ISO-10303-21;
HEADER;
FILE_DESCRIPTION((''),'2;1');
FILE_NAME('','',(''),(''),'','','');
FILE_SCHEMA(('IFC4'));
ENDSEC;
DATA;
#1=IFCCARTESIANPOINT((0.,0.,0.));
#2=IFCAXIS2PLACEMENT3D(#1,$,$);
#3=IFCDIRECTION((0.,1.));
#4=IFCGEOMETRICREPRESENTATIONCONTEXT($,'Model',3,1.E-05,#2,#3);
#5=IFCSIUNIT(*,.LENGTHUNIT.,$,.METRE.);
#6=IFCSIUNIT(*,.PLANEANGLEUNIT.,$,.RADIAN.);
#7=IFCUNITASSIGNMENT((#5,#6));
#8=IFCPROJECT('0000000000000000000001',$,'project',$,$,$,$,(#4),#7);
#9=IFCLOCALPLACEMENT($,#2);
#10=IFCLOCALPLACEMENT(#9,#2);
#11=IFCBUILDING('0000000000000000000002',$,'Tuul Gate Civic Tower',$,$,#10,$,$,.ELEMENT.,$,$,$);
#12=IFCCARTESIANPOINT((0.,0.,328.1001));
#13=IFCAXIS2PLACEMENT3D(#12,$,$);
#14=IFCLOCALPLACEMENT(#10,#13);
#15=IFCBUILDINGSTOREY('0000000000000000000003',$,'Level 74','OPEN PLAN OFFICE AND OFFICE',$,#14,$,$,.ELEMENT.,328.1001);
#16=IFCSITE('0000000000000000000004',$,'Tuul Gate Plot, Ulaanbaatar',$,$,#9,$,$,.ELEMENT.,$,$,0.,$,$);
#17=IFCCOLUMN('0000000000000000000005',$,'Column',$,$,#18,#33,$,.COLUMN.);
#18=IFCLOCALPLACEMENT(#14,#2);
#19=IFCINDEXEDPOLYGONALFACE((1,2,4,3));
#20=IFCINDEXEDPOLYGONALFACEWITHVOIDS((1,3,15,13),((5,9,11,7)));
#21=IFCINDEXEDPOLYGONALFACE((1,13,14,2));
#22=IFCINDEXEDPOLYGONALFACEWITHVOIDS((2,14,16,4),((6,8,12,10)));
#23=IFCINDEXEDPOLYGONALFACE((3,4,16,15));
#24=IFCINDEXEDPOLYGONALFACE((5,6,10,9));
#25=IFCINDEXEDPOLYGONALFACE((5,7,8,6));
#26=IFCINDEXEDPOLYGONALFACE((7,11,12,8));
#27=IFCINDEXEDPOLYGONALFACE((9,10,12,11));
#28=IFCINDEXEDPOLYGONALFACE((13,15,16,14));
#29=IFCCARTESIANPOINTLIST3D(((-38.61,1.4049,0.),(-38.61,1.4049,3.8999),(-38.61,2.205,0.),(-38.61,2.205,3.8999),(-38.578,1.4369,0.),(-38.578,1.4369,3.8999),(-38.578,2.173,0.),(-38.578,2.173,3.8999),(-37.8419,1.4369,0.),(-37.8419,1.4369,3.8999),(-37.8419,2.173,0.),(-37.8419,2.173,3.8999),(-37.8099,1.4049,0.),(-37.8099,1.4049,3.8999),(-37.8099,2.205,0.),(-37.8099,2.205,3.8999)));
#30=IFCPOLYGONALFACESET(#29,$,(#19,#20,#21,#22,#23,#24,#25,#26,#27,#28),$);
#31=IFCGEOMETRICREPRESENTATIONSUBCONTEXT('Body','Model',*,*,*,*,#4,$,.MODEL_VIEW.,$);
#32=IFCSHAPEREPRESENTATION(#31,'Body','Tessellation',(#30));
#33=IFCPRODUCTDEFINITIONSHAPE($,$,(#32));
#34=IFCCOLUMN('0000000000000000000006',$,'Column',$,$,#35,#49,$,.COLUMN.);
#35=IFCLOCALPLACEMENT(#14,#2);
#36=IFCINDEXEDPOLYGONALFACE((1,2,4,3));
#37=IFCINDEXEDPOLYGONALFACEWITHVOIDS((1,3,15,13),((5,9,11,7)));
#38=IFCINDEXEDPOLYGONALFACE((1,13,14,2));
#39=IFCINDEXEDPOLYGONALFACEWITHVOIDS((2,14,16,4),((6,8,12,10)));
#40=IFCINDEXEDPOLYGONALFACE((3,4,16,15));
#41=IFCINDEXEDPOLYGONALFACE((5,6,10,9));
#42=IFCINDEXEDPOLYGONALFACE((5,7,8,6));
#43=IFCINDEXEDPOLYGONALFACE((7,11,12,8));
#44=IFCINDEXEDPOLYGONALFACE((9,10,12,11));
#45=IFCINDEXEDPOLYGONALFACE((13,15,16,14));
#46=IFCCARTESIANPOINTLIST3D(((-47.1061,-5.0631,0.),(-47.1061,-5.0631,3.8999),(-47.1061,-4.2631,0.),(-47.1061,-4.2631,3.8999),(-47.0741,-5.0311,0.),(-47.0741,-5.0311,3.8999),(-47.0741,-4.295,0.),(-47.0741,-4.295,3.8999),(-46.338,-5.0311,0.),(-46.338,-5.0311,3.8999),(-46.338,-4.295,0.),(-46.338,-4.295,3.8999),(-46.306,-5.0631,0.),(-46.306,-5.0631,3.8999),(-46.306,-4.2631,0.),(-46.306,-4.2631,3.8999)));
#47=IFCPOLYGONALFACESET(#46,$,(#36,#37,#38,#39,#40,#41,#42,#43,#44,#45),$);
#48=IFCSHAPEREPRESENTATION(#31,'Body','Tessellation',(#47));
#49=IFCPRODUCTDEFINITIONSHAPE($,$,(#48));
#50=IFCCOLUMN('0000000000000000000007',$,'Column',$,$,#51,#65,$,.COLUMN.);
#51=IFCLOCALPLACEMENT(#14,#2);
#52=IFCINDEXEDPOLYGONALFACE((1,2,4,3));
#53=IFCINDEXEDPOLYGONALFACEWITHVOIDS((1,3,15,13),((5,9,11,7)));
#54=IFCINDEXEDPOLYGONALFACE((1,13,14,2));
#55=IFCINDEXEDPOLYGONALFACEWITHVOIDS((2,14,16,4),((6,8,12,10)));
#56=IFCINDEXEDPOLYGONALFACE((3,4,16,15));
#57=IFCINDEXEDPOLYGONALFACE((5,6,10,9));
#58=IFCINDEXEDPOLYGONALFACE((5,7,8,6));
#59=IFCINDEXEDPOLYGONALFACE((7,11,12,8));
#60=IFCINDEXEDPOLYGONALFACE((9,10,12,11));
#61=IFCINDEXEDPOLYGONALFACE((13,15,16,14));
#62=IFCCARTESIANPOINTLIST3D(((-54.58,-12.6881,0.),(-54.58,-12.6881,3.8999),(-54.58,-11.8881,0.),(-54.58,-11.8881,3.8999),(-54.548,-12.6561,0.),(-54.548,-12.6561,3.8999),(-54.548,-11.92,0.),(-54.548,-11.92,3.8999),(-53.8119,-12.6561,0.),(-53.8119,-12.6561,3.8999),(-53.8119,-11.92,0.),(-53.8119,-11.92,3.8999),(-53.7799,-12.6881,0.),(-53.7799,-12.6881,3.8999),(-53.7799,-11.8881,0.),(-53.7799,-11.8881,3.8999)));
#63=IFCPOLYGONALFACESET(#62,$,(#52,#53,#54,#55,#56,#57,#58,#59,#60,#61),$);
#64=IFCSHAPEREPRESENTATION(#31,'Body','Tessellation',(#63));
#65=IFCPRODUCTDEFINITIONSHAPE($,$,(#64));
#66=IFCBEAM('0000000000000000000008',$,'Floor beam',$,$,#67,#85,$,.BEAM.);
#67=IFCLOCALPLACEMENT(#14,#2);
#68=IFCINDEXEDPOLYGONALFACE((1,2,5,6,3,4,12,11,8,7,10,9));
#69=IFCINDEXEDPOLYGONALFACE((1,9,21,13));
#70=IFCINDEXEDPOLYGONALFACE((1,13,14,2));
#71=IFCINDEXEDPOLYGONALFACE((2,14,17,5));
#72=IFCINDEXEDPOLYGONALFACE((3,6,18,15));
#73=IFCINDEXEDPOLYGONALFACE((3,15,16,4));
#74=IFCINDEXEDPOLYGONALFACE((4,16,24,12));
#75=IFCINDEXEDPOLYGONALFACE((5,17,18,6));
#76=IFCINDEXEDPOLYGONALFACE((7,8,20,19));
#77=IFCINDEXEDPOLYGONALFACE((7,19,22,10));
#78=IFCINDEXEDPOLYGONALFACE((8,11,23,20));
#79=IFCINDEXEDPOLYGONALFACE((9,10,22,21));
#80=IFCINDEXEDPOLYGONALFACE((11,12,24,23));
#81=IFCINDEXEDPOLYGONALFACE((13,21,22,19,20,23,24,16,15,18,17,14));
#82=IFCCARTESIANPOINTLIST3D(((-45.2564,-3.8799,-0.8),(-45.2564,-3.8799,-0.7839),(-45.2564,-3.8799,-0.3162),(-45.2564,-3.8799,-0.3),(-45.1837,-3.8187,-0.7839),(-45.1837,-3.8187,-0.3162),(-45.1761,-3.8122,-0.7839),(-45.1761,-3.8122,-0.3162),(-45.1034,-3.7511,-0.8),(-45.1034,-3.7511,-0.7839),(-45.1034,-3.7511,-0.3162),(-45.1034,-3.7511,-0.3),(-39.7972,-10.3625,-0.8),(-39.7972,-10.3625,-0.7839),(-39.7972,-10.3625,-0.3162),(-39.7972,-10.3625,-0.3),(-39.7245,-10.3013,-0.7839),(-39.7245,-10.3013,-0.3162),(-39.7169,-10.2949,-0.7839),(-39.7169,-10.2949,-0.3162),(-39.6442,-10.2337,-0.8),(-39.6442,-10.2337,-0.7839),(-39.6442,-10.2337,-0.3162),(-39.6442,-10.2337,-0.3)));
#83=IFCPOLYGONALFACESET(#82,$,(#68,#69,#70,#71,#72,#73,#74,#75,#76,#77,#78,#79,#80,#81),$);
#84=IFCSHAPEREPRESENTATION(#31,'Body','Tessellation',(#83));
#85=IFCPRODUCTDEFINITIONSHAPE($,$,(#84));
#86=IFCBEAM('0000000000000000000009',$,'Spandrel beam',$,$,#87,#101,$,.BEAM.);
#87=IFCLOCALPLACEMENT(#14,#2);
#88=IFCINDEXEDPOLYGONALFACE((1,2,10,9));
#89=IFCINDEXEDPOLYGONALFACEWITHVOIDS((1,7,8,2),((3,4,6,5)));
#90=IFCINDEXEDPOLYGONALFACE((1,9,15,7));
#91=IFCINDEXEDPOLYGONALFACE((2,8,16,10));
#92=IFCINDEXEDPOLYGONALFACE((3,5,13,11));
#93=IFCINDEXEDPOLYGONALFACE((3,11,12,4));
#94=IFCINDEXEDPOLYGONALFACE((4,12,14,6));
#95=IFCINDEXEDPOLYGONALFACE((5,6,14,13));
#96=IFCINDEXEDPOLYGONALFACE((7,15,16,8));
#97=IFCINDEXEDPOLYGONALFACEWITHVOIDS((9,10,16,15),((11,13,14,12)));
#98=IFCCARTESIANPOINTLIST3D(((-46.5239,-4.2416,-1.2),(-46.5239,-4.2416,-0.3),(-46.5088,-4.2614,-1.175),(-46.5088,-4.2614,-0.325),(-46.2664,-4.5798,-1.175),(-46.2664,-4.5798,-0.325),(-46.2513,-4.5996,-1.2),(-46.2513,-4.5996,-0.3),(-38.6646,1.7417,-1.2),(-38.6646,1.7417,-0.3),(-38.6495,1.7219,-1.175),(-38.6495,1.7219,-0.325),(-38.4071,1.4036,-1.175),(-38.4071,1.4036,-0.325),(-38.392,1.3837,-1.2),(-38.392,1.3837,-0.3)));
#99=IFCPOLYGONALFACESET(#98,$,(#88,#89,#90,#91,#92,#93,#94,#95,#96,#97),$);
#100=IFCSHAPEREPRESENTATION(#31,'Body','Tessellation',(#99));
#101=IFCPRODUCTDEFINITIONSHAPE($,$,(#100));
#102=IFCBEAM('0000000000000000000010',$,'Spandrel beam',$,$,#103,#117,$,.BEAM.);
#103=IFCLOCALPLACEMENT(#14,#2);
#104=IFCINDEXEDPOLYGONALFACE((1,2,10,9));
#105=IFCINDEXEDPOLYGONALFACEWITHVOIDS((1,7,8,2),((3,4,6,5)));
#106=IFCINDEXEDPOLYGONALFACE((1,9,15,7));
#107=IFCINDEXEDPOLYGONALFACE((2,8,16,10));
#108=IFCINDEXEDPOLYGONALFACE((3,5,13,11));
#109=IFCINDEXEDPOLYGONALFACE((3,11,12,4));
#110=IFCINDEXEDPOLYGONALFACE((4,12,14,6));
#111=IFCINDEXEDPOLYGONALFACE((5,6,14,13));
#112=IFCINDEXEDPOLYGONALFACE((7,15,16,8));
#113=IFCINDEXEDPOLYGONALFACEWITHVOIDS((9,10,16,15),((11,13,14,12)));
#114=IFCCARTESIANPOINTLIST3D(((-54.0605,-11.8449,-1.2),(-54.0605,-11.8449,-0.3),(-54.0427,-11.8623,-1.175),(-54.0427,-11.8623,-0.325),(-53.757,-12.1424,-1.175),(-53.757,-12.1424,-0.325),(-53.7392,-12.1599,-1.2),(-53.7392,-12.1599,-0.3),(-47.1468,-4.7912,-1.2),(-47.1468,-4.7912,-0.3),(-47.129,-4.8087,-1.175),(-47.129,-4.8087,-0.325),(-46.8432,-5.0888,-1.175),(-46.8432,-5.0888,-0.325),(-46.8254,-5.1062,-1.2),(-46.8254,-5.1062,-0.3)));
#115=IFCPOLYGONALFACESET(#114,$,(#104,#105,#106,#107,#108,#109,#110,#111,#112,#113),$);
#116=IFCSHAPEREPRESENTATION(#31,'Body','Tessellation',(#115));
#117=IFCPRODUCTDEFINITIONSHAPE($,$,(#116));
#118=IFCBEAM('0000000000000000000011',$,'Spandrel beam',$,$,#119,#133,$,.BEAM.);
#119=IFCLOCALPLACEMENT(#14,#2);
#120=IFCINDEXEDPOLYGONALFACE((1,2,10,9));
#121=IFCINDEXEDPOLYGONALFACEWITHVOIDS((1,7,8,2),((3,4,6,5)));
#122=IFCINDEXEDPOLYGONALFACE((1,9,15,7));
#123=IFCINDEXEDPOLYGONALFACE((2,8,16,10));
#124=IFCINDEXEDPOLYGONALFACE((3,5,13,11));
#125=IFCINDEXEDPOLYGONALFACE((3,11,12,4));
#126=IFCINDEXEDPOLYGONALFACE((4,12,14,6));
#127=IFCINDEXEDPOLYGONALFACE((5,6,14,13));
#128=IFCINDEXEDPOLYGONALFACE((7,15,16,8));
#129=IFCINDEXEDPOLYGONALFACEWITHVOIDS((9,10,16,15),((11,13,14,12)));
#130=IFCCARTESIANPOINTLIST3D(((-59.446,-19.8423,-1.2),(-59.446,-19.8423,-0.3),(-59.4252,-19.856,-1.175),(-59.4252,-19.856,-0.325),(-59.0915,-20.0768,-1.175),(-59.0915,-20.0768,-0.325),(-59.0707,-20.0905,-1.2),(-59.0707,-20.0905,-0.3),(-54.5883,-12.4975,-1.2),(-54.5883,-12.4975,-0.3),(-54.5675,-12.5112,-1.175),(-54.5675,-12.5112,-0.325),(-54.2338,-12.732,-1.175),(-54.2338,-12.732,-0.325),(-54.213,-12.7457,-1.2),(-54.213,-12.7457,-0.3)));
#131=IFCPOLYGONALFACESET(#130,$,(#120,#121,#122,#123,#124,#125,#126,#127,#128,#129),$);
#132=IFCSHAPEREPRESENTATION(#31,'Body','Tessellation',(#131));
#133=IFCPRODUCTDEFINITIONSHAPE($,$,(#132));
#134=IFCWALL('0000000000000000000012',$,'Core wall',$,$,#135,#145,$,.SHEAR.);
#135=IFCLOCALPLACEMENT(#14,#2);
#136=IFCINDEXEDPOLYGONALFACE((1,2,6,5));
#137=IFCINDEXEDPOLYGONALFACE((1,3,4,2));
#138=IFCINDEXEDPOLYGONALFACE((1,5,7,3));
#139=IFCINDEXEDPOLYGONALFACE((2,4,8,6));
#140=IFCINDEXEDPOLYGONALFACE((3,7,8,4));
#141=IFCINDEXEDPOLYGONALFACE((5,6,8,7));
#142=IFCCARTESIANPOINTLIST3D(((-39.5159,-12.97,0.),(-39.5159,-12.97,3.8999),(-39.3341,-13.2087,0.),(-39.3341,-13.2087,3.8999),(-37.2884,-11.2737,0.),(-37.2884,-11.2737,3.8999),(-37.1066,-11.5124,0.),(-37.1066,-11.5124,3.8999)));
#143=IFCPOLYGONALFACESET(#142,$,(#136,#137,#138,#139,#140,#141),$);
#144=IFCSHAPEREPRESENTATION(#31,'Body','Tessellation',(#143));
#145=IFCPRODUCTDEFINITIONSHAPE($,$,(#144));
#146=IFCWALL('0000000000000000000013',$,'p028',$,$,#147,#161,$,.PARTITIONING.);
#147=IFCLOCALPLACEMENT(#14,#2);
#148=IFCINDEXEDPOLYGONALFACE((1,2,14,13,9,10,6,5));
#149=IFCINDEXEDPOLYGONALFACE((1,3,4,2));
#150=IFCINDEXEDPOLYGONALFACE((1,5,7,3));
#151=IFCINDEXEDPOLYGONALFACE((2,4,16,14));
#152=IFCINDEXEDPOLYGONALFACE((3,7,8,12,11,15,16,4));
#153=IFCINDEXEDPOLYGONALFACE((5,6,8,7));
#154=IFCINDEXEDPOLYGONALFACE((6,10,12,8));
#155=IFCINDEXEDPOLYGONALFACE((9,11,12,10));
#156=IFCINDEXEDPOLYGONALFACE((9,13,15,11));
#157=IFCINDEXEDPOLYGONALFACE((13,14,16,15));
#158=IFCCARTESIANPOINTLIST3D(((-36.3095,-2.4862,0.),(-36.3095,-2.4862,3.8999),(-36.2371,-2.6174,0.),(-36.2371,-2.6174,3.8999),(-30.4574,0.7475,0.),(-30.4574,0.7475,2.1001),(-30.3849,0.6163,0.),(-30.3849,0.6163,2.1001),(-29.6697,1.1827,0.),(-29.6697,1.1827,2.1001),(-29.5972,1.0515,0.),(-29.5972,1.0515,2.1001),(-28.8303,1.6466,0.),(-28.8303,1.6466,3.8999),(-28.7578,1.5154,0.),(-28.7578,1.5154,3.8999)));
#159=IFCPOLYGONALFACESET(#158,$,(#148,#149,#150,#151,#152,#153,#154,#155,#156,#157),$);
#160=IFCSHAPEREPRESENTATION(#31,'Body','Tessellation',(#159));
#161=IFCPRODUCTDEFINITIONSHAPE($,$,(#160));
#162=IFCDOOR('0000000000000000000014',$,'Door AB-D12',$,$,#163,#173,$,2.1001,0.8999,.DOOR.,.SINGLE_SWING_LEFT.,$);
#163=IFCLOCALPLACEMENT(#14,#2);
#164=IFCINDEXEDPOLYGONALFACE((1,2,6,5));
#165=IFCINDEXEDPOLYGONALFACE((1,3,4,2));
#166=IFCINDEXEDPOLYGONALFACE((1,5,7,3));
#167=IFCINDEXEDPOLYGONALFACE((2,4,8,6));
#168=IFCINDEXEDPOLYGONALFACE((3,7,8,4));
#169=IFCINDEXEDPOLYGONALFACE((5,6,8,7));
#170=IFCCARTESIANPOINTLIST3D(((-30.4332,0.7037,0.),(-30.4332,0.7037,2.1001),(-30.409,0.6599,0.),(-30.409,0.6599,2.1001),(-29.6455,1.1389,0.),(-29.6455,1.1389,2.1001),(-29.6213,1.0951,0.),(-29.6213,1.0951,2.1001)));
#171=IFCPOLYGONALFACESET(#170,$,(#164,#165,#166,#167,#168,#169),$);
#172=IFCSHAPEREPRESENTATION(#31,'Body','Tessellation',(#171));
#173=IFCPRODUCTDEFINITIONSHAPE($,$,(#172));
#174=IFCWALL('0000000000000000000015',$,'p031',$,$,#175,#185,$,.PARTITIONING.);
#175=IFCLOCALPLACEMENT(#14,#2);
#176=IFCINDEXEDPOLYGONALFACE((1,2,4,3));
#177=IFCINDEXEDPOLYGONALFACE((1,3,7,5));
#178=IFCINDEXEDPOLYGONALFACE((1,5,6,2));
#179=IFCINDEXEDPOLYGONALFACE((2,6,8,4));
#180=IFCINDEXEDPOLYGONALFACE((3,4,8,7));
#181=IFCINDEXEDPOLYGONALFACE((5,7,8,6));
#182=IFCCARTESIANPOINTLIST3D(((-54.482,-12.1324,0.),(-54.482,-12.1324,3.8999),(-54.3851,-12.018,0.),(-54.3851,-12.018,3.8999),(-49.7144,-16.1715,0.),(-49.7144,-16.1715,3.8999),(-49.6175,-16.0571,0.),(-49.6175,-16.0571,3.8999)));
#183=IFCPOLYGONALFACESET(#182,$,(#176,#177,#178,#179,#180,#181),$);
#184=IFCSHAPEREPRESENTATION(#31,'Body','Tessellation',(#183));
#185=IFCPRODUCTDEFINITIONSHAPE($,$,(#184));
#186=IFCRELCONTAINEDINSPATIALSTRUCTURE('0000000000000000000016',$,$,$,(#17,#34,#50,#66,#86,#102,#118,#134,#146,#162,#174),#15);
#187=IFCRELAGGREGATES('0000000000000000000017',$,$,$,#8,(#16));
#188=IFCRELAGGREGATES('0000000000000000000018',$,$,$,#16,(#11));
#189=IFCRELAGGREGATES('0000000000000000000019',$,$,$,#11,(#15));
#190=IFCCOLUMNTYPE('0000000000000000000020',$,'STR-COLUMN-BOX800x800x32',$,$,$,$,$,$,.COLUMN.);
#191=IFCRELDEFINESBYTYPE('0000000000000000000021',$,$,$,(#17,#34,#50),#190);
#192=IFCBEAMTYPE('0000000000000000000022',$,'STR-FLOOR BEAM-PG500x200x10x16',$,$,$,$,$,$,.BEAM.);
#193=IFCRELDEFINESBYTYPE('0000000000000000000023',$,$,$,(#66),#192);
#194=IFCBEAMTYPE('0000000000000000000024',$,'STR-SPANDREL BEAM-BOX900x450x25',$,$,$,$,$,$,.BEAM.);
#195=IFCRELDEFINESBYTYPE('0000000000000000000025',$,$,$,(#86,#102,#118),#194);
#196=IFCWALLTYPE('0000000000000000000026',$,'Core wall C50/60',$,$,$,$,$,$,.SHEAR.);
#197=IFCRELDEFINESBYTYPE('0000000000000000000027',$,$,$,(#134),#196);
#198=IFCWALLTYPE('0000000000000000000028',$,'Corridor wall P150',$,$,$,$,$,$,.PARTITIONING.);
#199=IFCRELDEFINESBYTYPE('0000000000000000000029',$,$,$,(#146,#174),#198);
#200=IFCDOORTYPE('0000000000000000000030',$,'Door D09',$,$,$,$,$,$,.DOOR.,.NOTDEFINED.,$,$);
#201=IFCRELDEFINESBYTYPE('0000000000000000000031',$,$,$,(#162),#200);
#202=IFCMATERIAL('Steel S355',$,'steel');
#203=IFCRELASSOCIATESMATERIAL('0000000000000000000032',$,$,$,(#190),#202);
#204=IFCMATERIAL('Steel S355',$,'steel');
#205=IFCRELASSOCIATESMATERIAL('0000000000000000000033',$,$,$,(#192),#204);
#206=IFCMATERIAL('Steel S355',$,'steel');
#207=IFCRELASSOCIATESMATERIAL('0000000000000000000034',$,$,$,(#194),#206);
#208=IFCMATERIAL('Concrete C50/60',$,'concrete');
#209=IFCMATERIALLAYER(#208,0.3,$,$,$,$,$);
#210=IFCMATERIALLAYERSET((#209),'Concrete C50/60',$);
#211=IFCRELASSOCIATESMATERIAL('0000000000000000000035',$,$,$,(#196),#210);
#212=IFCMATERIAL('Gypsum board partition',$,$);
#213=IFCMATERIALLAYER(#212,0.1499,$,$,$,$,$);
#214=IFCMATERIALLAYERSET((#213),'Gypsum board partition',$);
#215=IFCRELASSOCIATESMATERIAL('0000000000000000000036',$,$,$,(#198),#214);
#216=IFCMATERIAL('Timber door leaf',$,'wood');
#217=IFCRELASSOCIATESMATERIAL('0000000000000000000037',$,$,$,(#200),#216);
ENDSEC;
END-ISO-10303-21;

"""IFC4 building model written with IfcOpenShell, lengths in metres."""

from ifc_helpers import new_model, si_unit, direction, frame, frame_2d, origin, origin_2d, place, context, subcontext, project, spatial, rectangle, hollow_rectangle, i_section, extrude, material, layer, layer_set, material_profile, profile_set, type_object, element, fill, save


model = new_model("IFC4")

# Units and contexts
model_context = context("Model", 3, precision=1e-05, world=origin(), true_north=direction((0.0, 1.0)))
body_context = subcontext(model_context, "Body", "Model", "MODEL_VIEW")
ifc_project = project(units=[si_unit("LENGTHUNIT", "METRE"), si_unit("PLANEANGLEUNIT", "RADIAN")], contexts=[model_context])

# Site, building, storey
site_placement = place(None, origin())
site = spatial("IfcSite", under=ifc_project, at=site_placement, Name="Tuul Gate Plot, Ulaanbaatar", CompositionType="ELEMENT", RefElevation=0.0)
building_placement = place(site_placement, origin())
building = spatial("IfcBuilding", under=site, at=building_placement, Name="Tuul Gate Civic Tower", CompositionType="ELEMENT")
storey_placement = place(building_placement, frame((0.0, 0.0, 328.1001)))
storey = spatial("IfcBuildingStorey", under=building, at=storey_placement, Name="Level 74", Description="OPEN PLAN OFFICE AND OFFICE", CompositionType="ELEMENT", Elevation=328.1001)

# Columns
ifc_material_1 = material(Name="Steel S355", Category="steel")
ifc_material_profile_1 = material_profile(ifc_material_1, hollow_rectangle(XDim=0.8, YDim=0.8, WallThickness=0.032, at=origin_2d()), Name="BOX800x800x32")
ifc_profile_set_1 = profile_set([ifc_material_profile_1], Name="Steel S355")
column_type = type_object("IfcColumnType", Name="STR-COLUMN-BOX800x800x32", PredefinedType="COLUMN", material=ifc_profile_set_1)
for number, where, z_axis, x_axis, name in (
    (1, (-38.21, 1.8049, 0.0), (0.0, 0.0, 1.0), (1.0, 0.0, 0.0), "Column"),
    (2, (-46.7061, -4.6631, 0.0), (0.0, 0.0, 1.0), (1.0, 0.0, 0.0), "Column"),
    (3, (-54.1799, -12.2881, 0.0), (0.0, 0.0, 1.0), (1.0, 0.0, 0.0), "Column"),
):
    element("IfcColumn", number, at=place(storey_placement, frame(where, z_axis=z_axis, x_axis=x_axis)), inside=storey, type_object=column_type, Name=name, PredefinedType="COLUMN", context=body_context, shape_type="SweptSolid", body=[
        extrude(hollow_rectangle(XDim=0.8, YDim=0.8, WallThickness=0.032, at=origin_2d()), origin(), (0.0, 0.0, 1.0), 3.8999),
    ])

# Beams
ifc_material_2 = material(Name="Steel S355", Category="steel")
ifc_material_profile_2 = material_profile(ifc_material_2, i_section(OverallWidth=0.2, OverallDepth=0.5, WebThickness=0.01, FlangeThickness=0.0161, at=origin_2d()), Name="PG500x200x10x16")
ifc_profile_set_2 = profile_set([ifc_material_profile_2], Name="Steel S355")
beam_type_1 = type_object("IfcBeamType", Name="STR-FLOOR BEAM-PG500x200x10x16", PredefinedType="BEAM", material=ifc_profile_set_2)
beam_1_placement = place(storey_placement, frame((-39.7207, -10.2981, -0.55), z_axis=(-0.644146, 0.764903, 0.0), x_axis=(-0.764903, -0.644146, 0.0)))
element("IfcBeam", 4, at=beam_1_placement, inside=storey, type_object=beam_type_1, Name="Floor beam", PredefinedType="BEAM", context=body_context, shape_type="SweptSolid", body=[
    extrude(i_section(OverallWidth=0.2, OverallDepth=0.5, WebThickness=0.01, FlangeThickness=0.0161, at=origin_2d()), origin(), (0.0, 0.0, 1.0), 8.4751),
])
ifc_material_3 = material(Name="Steel S355", Category="steel")
ifc_material_profile_3 = material_profile(ifc_material_3, hollow_rectangle(XDim=0.45, YDim=0.8999, WallThickness=0.0249, at=origin_2d()), Name="BOX900x450x25")
ifc_profile_set_3 = profile_set([ifc_material_profile_3], Name="Steel S355")
beam_type_2 = type_object("IfcBeamType", Name="STR-SPANDREL BEAM-BOX900x450x25", PredefinedType="BEAM", material=ifc_profile_set_3)
beam_2_placement = place(storey_placement, frame((-38.5283, 1.5627, -0.75), z_axis=(-0.795661, -0.605742, 0.0), x_axis=(0.605742, -0.795661, 0.0)))
element("IfcBeam", 5, at=beam_2_placement, inside=storey, type_object=beam_type_2, Name="Spandrel beam", PredefinedType="BEAM", context=body_context, shape_type="SweptSolid", body=[
    extrude(hollow_rectangle(XDim=0.45, YDim=0.8999, WallThickness=0.0249, at=origin_2d()), origin(), (0.0, 0.0, 1.0), 9.8777),
])
beam_3_placement = place(storey_placement, frame((-46.9861, -4.9487, -0.75), z_axis=(-0.69999, -0.714153, 0.0), x_axis=(0.714153, -0.69999, 0.0)))
element("IfcBeam", 6, at=beam_3_placement, inside=storey, type_object=beam_type_2, Name="Spandrel beam", PredefinedType="BEAM", context=body_context, shape_type="SweptSolid", body=[
    extrude(hollow_rectangle(XDim=0.45, YDim=0.8999, WallThickness=0.0249, at=origin_2d()), origin(), (0.0, 0.0, 1.0), 9.877),
])
beam_4_placement = place(storey_placement, frame((-54.4006, -12.6216, -0.75), z_axis=(-0.551645, -0.834079, 0.0), x_axis=(0.834079, -0.551645, 0.0)))
element("IfcBeam", 7, at=beam_4_placement, inside=storey, type_object=beam_type_2, Name="Spandrel beam", PredefinedType="BEAM", context=body_context, shape_type="SweptSolid", body=[
    extrude(hollow_rectangle(XDim=0.45, YDim=0.8999, WallThickness=0.0249, at=origin_2d()), origin(), (0.0, 0.0, 1.0), 8.8059),
])

# Wall
ifc_material_4 = material(Name="Concrete C50/60", Category="concrete")
ifc_layer_1 = layer(ifc_material_4, 0.3)
ifc_layer_set_1 = layer_set([ifc_layer_1], Name="Concrete C50/60")
wall_type_1 = type_object("IfcWallType", Name="Core wall C50/60", PredefinedType="SHEAR", material=ifc_layer_set_1)
wall_1_placement = place(storey_placement, frame((-37.1975, -11.3931, 0.0), z_axis=(0.0, 0.0, 1.0), x_axis=(-0.795584, -0.605844, 0.0)))
element("IfcWall", 8, at=wall_1_placement, inside=storey, type_object=wall_type_1, Name="Core wall", PredefinedType="SHEAR", context=body_context, shape_type="SweptSolid", body=[
    extrude(rectangle(XDim=2.7998, YDim=0.3, at=frame_2d((1.3999, 0.0))), origin(), (0.0, 0.0, 1.0), 3.8999),
])

# Wall, opening, door
ifc_material_5 = material(Name="Gypsum board partition")
ifc_layer_2 = layer(ifc_material_5, 0.1499)
ifc_layer_set_2 = layer_set([ifc_layer_2], Name="Gypsum board partition")
wall_type_2 = type_object("IfcWallType", Name="Corridor wall P150", PredefinedType="PARTITIONING", material=ifc_layer_set_2)
wall_2_placement = place(storey_placement, frame((-36.2732, -2.5518, 0.0), z_axis=(0.0, 0.0, 1.0), x_axis=(0.875264, 0.483645, 0.0)))
wall_2 = element("IfcWall", 9, at=wall_2_placement, inside=storey, type_object=wall_type_2, Name="p028", PredefinedType="PARTITIONING", context=body_context, shape_type="SweptSolid", body=[
    extrude(rectangle(XDim=8.5452, YDim=0.1499, at=frame_2d((4.2725, 0.0))), origin(), (0.0, 0.0, 1.0), 3.8999),
])
opening_1_placement = place(wall_2_placement, frame((6.686, 0.0, 0.0)))
opening_1 = element("IfcOpeningElement", 10, at=opening_1_placement, cuts=wall_2, PredefinedType="OPENING", context=body_context, shape_type="SweptSolid", body=[
    extrude(rectangle(XDim=0.8999, YDim=2.1001, at=frame_2d((0.45, 1.05))), frame((0.0, 0.085, 0.0), z_axis=(0.0, -1.0, 0.0), x_axis=(1.0, 0.0, 0.0)), (0.0, 0.0, 1.0), 0.1699),
])
ifc_material_6 = material(Name="Timber door leaf", Category="wood")
door_type = type_object("IfcDoorType", Name="Door D09", OperationType="NOTDEFINED", PredefinedType="DOOR", material=ifc_material_6)
door_placement = place(opening_1_placement, origin())
door = element("IfcDoor", 11, at=door_placement, inside=storey, type_object=door_type, Name="Door AB-D12", OperationType="SINGLE_SWING_LEFT", OverallHeight=2.1001, OverallWidth=0.8999, PredefinedType="DOOR", context=body_context, shape_type="SweptSolid", body=[
    extrude(rectangle(XDim=0.8999, YDim=2.1001, at=frame_2d((0.45, 1.05))), frame((0.0, 0.0249, 0.0), z_axis=(0.0, -1.0, 0.0), x_axis=(1.0, 0.0, 0.0)), (0.0, 0.0, 1.0), 0.05),
])
fill(opening_1, door)

# Wall
wall_3_placement = place(storey_placement, frame((-54.4336, -12.0752, 0.0), z_axis=(0.0, 0.0, 1.0), x_axis=(0.762995, -0.646405, 0.0)))
element("IfcWall", 12, at=wall_3_placement, inside=storey, type_object=wall_type_2, Name="p031", PredefinedType="PARTITIONING", context=body_context, shape_type="SweptSolid", body=[
    extrude(rectangle(XDim=6.2485, YDim=0.1499, at=frame_2d((3.1243, 0.0))), origin(), (0.0, 0.0, 1.0), 3.8999),
])

save(model, "model.ifc")
